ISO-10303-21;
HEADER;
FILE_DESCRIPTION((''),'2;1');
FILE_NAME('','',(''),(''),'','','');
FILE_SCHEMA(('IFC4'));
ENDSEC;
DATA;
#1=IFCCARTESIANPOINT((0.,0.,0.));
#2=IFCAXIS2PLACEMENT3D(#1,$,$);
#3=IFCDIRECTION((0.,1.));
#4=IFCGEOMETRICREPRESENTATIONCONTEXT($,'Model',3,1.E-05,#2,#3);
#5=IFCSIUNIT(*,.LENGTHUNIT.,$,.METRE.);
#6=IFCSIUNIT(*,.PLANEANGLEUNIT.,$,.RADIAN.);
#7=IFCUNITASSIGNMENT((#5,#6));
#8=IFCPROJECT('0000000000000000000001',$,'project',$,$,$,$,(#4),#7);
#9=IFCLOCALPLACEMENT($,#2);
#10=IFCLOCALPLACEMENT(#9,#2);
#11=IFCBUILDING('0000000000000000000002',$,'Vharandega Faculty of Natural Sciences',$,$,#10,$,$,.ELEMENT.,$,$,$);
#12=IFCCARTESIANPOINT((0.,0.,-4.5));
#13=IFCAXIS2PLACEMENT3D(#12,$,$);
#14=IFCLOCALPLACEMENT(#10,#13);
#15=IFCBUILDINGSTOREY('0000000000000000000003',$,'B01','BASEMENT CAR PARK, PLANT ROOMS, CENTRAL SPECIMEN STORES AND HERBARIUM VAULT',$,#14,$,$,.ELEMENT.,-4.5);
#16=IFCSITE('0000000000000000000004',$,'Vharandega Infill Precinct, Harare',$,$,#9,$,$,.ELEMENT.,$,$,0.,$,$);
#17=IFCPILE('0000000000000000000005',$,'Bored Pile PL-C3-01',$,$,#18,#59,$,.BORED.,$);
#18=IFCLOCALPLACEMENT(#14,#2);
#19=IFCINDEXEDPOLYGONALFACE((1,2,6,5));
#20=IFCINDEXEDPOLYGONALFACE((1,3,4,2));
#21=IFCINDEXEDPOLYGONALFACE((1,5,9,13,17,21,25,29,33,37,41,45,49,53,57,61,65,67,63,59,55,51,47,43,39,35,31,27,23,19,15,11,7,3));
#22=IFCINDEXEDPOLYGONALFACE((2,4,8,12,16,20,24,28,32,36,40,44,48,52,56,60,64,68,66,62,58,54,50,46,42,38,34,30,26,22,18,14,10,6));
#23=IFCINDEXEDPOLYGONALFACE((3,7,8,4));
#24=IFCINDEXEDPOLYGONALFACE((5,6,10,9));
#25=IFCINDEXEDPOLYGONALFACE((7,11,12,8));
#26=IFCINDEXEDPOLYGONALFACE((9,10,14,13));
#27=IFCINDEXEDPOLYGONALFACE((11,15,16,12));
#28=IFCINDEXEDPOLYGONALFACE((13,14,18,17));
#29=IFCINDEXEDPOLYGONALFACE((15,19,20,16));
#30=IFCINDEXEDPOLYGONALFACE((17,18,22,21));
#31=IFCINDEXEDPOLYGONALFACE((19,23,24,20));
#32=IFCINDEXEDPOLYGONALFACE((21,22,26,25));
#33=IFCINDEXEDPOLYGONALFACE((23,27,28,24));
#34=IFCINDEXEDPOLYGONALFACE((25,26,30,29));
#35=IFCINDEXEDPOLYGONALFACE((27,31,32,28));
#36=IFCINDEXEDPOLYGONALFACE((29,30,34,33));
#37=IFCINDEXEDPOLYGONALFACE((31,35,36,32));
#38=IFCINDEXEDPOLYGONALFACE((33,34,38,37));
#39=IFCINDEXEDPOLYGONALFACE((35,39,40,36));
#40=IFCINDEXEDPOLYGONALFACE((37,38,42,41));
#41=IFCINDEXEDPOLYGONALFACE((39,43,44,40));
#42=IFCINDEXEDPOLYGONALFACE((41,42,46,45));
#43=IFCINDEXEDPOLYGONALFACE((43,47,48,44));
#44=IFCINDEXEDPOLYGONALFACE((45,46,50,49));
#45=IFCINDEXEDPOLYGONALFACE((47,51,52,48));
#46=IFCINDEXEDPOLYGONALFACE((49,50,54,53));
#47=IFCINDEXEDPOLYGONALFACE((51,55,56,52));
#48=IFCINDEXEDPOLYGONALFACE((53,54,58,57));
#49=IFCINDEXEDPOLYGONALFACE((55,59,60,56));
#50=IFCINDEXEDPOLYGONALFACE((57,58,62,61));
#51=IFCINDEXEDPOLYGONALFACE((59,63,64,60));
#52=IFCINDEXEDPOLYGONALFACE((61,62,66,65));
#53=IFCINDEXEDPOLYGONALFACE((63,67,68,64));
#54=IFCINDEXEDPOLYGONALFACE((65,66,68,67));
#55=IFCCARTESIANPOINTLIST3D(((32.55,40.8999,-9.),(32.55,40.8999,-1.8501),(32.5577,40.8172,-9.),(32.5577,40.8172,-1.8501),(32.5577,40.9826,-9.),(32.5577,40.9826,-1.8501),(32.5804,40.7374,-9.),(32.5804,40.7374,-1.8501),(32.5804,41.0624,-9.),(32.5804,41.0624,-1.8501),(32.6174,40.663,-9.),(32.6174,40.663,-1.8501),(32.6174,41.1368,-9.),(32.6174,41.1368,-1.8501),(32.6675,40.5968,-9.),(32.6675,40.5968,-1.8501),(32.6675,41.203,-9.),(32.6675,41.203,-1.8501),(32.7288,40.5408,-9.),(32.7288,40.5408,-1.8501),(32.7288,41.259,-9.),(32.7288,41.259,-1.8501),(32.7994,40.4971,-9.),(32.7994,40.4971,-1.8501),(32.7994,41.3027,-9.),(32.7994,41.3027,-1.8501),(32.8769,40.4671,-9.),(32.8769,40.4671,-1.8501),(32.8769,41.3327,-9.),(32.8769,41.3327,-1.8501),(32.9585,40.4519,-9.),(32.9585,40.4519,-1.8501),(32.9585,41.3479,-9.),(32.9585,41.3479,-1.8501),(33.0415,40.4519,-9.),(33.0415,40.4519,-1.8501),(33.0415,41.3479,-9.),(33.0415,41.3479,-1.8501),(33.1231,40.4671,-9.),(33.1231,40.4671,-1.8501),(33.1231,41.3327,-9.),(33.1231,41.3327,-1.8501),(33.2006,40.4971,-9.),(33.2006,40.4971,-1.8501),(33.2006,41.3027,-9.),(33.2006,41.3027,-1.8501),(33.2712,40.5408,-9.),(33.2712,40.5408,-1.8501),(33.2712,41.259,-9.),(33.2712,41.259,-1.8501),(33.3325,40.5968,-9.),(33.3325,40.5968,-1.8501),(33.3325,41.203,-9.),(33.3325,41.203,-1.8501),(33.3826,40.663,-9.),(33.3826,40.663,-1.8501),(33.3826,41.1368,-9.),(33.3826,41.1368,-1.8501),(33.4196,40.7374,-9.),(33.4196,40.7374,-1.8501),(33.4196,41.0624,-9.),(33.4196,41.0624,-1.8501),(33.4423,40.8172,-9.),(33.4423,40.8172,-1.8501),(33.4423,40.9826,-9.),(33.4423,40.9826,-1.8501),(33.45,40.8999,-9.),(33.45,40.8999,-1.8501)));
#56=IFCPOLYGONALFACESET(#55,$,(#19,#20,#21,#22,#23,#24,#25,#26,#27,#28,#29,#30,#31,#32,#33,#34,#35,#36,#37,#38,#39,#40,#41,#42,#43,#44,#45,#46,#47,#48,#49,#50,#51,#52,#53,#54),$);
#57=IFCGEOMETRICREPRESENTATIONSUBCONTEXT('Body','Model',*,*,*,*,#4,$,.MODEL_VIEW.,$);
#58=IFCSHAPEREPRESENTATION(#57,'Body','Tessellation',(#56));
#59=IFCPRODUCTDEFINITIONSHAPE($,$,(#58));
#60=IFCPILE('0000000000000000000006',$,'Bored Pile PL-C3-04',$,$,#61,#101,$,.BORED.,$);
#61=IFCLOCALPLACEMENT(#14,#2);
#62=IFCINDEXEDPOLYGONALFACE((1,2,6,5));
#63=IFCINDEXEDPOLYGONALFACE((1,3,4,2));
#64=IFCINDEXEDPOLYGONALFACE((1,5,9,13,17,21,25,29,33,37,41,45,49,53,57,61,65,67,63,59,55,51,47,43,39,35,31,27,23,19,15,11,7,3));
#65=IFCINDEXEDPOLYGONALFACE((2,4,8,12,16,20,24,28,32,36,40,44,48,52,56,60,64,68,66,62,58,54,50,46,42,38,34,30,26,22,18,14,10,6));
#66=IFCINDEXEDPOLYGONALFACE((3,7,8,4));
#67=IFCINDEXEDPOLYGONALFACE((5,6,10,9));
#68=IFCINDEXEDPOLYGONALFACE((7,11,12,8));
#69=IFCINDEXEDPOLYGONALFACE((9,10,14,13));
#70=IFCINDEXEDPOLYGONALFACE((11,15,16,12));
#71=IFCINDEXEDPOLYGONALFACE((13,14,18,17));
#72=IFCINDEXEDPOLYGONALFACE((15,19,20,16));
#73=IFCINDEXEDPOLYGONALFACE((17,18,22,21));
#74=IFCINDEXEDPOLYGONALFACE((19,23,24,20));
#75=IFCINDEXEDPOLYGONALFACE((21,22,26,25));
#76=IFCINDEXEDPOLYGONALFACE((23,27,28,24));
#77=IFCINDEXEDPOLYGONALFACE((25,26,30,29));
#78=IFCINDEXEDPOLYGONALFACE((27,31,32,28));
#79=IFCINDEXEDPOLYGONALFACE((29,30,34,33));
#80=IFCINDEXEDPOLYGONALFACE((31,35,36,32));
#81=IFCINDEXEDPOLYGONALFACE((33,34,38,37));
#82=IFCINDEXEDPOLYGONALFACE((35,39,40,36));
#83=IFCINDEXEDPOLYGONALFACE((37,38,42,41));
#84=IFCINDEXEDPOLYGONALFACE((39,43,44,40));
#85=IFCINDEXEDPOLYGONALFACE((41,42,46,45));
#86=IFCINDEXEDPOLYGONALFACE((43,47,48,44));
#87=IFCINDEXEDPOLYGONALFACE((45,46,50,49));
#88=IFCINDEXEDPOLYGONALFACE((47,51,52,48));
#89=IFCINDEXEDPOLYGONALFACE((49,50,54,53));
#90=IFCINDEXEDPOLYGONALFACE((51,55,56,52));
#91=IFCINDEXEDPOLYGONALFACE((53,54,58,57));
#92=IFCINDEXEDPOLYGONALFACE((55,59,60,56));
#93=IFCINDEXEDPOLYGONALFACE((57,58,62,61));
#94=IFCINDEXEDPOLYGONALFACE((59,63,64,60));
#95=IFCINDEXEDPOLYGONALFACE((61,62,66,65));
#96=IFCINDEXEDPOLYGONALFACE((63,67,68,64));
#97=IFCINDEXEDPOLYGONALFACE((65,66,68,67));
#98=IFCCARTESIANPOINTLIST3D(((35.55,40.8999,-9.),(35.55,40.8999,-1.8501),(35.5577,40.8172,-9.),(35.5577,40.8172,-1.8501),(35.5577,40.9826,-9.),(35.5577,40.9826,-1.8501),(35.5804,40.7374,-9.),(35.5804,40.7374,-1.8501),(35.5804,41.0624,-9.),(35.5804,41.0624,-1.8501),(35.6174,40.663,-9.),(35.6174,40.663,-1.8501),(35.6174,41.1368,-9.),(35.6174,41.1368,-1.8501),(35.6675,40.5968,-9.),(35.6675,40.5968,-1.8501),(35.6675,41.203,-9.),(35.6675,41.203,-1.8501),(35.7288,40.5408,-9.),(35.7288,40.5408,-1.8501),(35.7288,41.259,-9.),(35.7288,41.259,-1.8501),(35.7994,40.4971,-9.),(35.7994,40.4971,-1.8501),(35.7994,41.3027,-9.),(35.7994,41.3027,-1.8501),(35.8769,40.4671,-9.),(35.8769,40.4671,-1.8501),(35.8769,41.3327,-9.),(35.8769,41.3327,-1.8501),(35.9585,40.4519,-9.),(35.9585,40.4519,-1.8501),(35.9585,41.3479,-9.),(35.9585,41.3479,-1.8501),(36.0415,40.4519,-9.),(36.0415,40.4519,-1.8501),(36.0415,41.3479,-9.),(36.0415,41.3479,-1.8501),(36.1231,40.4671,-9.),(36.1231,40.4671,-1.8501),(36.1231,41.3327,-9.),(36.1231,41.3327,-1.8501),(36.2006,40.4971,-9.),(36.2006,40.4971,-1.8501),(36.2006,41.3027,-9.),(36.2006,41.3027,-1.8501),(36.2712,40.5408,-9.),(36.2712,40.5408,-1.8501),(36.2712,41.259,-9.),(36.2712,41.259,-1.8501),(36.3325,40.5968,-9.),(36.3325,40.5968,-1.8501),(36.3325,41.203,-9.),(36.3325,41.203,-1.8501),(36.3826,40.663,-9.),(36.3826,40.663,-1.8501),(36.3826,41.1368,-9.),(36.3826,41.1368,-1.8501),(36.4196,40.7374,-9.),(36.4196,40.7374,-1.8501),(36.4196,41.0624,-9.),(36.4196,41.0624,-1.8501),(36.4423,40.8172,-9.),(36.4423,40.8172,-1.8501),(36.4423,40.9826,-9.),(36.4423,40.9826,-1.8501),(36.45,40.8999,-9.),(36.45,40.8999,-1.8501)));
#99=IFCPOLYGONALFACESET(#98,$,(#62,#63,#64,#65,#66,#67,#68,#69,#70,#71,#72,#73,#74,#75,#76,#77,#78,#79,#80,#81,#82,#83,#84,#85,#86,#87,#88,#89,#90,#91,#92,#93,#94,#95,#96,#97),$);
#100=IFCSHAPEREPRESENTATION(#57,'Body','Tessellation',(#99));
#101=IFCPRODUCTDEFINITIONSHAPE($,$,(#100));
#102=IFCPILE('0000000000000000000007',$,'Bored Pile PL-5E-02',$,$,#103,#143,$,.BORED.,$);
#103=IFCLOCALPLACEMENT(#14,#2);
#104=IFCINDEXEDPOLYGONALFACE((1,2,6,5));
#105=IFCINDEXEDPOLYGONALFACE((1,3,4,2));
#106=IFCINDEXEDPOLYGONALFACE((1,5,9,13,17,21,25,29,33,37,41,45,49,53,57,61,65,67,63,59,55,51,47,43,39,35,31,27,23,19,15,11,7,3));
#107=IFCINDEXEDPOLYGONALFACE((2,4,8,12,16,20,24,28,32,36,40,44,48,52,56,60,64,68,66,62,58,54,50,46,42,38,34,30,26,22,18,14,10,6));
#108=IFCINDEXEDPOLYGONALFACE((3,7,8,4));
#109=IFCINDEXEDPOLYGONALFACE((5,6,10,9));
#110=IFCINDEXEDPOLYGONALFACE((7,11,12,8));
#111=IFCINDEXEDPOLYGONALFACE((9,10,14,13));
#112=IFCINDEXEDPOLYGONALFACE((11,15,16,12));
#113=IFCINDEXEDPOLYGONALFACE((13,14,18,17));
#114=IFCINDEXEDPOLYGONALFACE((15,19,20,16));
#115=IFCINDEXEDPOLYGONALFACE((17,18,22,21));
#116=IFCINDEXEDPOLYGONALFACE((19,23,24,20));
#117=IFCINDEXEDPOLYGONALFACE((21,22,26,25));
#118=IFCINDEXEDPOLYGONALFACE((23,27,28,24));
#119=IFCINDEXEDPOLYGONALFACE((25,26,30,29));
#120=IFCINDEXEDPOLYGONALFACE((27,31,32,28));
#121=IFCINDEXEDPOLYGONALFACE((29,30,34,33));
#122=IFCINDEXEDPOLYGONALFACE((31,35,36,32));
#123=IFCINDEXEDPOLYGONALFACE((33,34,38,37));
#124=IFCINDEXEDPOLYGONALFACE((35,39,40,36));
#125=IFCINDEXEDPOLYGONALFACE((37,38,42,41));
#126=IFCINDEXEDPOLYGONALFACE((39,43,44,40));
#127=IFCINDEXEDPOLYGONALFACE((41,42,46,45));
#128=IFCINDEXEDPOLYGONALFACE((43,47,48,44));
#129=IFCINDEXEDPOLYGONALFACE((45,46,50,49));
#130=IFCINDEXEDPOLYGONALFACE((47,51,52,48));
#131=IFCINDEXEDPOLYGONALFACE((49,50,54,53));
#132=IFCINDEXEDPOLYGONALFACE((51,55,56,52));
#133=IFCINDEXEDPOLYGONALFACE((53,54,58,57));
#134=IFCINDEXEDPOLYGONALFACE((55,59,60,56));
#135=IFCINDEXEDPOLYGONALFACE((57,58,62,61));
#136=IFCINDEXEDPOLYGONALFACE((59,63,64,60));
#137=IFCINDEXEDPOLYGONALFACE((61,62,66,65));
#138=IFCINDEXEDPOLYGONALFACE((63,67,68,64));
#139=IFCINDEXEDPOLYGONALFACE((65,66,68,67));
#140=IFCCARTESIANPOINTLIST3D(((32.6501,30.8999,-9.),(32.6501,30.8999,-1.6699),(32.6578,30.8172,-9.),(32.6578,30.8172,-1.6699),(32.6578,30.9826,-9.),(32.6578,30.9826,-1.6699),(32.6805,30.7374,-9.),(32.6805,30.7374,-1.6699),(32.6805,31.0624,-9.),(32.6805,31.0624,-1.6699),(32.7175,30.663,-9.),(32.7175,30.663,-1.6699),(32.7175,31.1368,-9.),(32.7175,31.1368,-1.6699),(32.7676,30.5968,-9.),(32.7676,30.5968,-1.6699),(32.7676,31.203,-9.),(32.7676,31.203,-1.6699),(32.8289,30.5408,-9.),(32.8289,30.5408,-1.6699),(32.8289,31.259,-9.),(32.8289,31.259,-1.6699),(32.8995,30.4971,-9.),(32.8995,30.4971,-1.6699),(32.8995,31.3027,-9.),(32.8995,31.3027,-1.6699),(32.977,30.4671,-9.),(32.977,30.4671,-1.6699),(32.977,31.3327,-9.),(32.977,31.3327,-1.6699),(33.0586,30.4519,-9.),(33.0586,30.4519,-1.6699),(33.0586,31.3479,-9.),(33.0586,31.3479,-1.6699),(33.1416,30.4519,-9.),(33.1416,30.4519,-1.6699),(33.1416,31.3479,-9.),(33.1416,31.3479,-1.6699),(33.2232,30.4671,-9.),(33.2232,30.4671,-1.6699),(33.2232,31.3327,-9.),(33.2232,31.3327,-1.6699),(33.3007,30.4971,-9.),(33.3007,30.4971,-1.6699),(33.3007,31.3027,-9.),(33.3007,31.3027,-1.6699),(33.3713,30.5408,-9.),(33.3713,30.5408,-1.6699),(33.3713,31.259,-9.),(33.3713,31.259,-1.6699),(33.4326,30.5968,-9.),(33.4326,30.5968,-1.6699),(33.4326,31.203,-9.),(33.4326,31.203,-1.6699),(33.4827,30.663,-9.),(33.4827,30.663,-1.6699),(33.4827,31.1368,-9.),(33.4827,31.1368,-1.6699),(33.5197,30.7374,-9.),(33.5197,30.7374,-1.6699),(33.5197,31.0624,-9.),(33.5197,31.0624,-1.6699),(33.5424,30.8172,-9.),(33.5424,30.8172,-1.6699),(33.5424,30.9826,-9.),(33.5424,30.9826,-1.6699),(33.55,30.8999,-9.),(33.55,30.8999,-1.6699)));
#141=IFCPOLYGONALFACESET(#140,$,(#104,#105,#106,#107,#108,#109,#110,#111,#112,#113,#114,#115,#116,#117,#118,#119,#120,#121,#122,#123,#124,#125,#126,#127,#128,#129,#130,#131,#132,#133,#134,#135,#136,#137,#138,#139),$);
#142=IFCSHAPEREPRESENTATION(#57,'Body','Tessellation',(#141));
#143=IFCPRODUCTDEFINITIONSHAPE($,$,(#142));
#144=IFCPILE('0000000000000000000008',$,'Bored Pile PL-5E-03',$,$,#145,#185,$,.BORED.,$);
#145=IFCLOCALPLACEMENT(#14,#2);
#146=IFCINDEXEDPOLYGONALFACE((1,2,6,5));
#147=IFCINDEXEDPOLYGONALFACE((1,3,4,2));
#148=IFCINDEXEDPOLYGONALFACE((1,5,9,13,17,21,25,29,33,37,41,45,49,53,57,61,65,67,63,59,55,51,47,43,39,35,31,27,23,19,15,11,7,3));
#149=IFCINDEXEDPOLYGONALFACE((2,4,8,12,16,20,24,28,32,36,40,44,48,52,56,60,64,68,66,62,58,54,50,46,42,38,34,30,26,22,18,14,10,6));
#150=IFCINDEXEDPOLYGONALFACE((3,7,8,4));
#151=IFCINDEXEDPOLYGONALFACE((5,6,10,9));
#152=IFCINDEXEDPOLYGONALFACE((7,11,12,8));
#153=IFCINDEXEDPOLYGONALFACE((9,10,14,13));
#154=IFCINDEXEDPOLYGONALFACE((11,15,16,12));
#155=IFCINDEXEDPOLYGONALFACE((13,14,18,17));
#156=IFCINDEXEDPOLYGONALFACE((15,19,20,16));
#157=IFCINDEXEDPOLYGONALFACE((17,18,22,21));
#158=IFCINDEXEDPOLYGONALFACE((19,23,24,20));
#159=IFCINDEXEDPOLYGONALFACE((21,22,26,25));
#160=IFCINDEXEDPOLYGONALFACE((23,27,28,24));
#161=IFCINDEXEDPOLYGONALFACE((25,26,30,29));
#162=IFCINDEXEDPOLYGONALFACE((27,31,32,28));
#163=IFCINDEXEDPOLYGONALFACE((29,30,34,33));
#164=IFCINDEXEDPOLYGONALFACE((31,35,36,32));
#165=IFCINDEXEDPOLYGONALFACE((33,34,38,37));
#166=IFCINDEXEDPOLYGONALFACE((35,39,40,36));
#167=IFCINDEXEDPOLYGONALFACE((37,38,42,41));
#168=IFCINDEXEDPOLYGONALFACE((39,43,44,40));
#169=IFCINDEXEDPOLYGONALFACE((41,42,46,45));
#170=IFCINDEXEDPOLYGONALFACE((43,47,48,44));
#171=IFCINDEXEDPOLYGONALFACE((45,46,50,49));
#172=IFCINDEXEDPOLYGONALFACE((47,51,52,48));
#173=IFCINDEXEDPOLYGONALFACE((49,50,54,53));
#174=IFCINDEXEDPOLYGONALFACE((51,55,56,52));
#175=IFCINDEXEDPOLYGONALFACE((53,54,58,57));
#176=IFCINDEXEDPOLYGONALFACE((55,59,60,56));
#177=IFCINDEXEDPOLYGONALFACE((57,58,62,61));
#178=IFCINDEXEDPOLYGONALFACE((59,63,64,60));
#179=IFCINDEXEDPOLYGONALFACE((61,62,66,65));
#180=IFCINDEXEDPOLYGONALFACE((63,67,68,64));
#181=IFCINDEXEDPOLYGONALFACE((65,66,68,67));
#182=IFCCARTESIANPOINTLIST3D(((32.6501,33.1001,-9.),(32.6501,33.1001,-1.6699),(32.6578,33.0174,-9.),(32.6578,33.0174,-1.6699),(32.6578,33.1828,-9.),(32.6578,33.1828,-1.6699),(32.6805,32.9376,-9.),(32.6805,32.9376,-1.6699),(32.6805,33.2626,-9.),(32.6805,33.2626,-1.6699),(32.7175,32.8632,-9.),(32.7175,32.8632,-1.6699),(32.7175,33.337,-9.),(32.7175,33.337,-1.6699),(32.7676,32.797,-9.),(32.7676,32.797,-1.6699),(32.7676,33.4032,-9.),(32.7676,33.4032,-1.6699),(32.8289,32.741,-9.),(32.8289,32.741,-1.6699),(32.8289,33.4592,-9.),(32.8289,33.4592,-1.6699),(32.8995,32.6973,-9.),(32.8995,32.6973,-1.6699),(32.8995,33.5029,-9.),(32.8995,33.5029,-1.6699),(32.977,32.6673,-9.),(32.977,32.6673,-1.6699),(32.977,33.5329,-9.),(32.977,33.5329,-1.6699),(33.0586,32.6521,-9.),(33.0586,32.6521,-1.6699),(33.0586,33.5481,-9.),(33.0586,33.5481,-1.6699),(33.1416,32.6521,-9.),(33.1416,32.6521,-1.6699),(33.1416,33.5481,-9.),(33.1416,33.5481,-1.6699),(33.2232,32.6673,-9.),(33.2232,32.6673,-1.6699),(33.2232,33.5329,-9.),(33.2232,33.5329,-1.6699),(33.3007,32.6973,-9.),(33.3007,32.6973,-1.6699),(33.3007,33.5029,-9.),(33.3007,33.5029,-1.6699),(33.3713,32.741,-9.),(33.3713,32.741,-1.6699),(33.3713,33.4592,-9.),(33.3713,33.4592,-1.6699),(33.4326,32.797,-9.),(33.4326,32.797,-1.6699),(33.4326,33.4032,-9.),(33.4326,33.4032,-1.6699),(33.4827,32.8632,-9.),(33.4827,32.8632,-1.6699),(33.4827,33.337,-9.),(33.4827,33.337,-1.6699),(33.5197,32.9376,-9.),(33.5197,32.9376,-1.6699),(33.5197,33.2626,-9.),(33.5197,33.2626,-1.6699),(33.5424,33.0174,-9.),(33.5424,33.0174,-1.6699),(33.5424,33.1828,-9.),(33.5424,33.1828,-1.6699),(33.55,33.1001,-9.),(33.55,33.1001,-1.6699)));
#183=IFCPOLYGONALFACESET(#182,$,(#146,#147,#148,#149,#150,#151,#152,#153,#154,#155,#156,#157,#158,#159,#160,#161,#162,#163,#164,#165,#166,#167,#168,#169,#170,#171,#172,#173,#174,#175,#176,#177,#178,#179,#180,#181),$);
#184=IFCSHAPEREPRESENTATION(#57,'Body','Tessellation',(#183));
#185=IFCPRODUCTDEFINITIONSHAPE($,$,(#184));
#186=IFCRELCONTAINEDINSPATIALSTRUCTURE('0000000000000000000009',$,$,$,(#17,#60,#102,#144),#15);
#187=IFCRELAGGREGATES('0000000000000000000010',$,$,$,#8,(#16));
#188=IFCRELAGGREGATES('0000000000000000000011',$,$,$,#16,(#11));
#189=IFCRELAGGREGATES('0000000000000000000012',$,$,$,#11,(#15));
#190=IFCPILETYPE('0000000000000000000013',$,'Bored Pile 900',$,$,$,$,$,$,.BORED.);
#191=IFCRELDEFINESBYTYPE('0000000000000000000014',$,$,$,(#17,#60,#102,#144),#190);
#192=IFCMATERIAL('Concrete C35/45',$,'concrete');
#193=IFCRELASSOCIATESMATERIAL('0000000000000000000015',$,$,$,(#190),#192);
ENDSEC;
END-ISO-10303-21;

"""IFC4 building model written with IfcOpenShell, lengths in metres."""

from ifc_helpers import new_model, si_unit, direction, frame, origin, origin_2d, place, context, subcontext, project, spatial, circle, extrude, material, material_profile, profile_set, type_object, element, save


model = new_model("IFC4")

# Units and contexts
model_context = context("Model", 3, precision=1e-05, world=origin(), true_north=direction((0.0, 1.0)))
body_context = subcontext(model_context, "Body", "Model", "MODEL_VIEW")
ifc_project = project(units=[si_unit("LENGTHUNIT", "METRE"), si_unit("PLANEANGLEUNIT", "RADIAN")], contexts=[model_context])

# Site, building, storey
site_placement = place(None, origin())
site = spatial("IfcSite", under=ifc_project, at=site_placement, Name="Vharandega Infill Precinct, Harare", CompositionType="ELEMENT", RefElevation=0.0)
building_placement = place(site_placement, origin())
building = spatial("IfcBuilding", under=site, at=building_placement, Name="Vharandega Faculty of Natural Sciences", CompositionType="ELEMENT")
storey_placement = place(building_placement, frame((0.0, 0.0, -4.5)))
storey = spatial("IfcBuildingStorey", under=building, at=storey_placement, Name="B01", Description="BASEMENT CAR PARK, PLANT ROOMS, CENTRAL SPECIMEN STORES AND HERBARIUM VAULT", CompositionType="ELEMENT", Elevation=-4.5)

# Piles
ifc_material_1 = material(Name="Concrete C35/45", Category="concrete")
ifc_material_profile_1 = material_profile(ifc_material_1, circle(Radius=0.45, at=origin_2d()), Name="PILE 900")
ifc_profile_set_1 = profile_set([ifc_material_profile_1], Name="Concrete C35/45")
pile_type = type_object("IfcPileType", Name="Bored Pile 900", PredefinedType="BORED", material=ifc_profile_set_1)
for number, where, z_axis, x_axis, name in (
    (1, (33.0, 40.8999, -1.8501), (0.0, 0.0, -1.0), (1.0, 0.0, 0.0), "Bored Pile PL-C3-01"),
    (2, (36.0, 40.8999, -1.8501), (0.0, 0.0, -1.0), (1.0, 0.0, 0.0), "Bored Pile PL-C3-04"),
):
    element("IfcPile", number, at=place(storey_placement, frame(where, z_axis=z_axis, x_axis=x_axis)), inside=storey, type_object=pile_type, Name=name, PredefinedType="BORED", context=body_context, shape_type="SweptSolid", body=[
        extrude(circle(Radius=0.45, at=origin_2d()), origin(), (0.0, 0.0, 1.0), 7.1499),
    ])
for number, where, z_axis, x_axis, name in (
    (3, (33.1001, 30.8999, -1.6699), (0.0, 0.0, -1.0), (1.0, 0.0, 0.0), "Bored Pile PL-5E-02"),
    (4, (33.1001, 33.1001, -1.6699), (0.0, 0.0, -1.0), (1.0, 0.0, 0.0), "Bored Pile PL-5E-03"),
):
    element("IfcPile", number, at=place(storey_placement, frame(where, z_axis=z_axis, x_axis=x_axis)), inside=storey, type_object=pile_type, Name=name, PredefinedType="BORED", context=body_context, shape_type="SweptSolid", body=[
        extrude(circle(Radius=0.45, at=origin_2d()), origin(), (0.0, 0.0, 1.0), 7.3301),
    ])

save(model, "model.ifc")
